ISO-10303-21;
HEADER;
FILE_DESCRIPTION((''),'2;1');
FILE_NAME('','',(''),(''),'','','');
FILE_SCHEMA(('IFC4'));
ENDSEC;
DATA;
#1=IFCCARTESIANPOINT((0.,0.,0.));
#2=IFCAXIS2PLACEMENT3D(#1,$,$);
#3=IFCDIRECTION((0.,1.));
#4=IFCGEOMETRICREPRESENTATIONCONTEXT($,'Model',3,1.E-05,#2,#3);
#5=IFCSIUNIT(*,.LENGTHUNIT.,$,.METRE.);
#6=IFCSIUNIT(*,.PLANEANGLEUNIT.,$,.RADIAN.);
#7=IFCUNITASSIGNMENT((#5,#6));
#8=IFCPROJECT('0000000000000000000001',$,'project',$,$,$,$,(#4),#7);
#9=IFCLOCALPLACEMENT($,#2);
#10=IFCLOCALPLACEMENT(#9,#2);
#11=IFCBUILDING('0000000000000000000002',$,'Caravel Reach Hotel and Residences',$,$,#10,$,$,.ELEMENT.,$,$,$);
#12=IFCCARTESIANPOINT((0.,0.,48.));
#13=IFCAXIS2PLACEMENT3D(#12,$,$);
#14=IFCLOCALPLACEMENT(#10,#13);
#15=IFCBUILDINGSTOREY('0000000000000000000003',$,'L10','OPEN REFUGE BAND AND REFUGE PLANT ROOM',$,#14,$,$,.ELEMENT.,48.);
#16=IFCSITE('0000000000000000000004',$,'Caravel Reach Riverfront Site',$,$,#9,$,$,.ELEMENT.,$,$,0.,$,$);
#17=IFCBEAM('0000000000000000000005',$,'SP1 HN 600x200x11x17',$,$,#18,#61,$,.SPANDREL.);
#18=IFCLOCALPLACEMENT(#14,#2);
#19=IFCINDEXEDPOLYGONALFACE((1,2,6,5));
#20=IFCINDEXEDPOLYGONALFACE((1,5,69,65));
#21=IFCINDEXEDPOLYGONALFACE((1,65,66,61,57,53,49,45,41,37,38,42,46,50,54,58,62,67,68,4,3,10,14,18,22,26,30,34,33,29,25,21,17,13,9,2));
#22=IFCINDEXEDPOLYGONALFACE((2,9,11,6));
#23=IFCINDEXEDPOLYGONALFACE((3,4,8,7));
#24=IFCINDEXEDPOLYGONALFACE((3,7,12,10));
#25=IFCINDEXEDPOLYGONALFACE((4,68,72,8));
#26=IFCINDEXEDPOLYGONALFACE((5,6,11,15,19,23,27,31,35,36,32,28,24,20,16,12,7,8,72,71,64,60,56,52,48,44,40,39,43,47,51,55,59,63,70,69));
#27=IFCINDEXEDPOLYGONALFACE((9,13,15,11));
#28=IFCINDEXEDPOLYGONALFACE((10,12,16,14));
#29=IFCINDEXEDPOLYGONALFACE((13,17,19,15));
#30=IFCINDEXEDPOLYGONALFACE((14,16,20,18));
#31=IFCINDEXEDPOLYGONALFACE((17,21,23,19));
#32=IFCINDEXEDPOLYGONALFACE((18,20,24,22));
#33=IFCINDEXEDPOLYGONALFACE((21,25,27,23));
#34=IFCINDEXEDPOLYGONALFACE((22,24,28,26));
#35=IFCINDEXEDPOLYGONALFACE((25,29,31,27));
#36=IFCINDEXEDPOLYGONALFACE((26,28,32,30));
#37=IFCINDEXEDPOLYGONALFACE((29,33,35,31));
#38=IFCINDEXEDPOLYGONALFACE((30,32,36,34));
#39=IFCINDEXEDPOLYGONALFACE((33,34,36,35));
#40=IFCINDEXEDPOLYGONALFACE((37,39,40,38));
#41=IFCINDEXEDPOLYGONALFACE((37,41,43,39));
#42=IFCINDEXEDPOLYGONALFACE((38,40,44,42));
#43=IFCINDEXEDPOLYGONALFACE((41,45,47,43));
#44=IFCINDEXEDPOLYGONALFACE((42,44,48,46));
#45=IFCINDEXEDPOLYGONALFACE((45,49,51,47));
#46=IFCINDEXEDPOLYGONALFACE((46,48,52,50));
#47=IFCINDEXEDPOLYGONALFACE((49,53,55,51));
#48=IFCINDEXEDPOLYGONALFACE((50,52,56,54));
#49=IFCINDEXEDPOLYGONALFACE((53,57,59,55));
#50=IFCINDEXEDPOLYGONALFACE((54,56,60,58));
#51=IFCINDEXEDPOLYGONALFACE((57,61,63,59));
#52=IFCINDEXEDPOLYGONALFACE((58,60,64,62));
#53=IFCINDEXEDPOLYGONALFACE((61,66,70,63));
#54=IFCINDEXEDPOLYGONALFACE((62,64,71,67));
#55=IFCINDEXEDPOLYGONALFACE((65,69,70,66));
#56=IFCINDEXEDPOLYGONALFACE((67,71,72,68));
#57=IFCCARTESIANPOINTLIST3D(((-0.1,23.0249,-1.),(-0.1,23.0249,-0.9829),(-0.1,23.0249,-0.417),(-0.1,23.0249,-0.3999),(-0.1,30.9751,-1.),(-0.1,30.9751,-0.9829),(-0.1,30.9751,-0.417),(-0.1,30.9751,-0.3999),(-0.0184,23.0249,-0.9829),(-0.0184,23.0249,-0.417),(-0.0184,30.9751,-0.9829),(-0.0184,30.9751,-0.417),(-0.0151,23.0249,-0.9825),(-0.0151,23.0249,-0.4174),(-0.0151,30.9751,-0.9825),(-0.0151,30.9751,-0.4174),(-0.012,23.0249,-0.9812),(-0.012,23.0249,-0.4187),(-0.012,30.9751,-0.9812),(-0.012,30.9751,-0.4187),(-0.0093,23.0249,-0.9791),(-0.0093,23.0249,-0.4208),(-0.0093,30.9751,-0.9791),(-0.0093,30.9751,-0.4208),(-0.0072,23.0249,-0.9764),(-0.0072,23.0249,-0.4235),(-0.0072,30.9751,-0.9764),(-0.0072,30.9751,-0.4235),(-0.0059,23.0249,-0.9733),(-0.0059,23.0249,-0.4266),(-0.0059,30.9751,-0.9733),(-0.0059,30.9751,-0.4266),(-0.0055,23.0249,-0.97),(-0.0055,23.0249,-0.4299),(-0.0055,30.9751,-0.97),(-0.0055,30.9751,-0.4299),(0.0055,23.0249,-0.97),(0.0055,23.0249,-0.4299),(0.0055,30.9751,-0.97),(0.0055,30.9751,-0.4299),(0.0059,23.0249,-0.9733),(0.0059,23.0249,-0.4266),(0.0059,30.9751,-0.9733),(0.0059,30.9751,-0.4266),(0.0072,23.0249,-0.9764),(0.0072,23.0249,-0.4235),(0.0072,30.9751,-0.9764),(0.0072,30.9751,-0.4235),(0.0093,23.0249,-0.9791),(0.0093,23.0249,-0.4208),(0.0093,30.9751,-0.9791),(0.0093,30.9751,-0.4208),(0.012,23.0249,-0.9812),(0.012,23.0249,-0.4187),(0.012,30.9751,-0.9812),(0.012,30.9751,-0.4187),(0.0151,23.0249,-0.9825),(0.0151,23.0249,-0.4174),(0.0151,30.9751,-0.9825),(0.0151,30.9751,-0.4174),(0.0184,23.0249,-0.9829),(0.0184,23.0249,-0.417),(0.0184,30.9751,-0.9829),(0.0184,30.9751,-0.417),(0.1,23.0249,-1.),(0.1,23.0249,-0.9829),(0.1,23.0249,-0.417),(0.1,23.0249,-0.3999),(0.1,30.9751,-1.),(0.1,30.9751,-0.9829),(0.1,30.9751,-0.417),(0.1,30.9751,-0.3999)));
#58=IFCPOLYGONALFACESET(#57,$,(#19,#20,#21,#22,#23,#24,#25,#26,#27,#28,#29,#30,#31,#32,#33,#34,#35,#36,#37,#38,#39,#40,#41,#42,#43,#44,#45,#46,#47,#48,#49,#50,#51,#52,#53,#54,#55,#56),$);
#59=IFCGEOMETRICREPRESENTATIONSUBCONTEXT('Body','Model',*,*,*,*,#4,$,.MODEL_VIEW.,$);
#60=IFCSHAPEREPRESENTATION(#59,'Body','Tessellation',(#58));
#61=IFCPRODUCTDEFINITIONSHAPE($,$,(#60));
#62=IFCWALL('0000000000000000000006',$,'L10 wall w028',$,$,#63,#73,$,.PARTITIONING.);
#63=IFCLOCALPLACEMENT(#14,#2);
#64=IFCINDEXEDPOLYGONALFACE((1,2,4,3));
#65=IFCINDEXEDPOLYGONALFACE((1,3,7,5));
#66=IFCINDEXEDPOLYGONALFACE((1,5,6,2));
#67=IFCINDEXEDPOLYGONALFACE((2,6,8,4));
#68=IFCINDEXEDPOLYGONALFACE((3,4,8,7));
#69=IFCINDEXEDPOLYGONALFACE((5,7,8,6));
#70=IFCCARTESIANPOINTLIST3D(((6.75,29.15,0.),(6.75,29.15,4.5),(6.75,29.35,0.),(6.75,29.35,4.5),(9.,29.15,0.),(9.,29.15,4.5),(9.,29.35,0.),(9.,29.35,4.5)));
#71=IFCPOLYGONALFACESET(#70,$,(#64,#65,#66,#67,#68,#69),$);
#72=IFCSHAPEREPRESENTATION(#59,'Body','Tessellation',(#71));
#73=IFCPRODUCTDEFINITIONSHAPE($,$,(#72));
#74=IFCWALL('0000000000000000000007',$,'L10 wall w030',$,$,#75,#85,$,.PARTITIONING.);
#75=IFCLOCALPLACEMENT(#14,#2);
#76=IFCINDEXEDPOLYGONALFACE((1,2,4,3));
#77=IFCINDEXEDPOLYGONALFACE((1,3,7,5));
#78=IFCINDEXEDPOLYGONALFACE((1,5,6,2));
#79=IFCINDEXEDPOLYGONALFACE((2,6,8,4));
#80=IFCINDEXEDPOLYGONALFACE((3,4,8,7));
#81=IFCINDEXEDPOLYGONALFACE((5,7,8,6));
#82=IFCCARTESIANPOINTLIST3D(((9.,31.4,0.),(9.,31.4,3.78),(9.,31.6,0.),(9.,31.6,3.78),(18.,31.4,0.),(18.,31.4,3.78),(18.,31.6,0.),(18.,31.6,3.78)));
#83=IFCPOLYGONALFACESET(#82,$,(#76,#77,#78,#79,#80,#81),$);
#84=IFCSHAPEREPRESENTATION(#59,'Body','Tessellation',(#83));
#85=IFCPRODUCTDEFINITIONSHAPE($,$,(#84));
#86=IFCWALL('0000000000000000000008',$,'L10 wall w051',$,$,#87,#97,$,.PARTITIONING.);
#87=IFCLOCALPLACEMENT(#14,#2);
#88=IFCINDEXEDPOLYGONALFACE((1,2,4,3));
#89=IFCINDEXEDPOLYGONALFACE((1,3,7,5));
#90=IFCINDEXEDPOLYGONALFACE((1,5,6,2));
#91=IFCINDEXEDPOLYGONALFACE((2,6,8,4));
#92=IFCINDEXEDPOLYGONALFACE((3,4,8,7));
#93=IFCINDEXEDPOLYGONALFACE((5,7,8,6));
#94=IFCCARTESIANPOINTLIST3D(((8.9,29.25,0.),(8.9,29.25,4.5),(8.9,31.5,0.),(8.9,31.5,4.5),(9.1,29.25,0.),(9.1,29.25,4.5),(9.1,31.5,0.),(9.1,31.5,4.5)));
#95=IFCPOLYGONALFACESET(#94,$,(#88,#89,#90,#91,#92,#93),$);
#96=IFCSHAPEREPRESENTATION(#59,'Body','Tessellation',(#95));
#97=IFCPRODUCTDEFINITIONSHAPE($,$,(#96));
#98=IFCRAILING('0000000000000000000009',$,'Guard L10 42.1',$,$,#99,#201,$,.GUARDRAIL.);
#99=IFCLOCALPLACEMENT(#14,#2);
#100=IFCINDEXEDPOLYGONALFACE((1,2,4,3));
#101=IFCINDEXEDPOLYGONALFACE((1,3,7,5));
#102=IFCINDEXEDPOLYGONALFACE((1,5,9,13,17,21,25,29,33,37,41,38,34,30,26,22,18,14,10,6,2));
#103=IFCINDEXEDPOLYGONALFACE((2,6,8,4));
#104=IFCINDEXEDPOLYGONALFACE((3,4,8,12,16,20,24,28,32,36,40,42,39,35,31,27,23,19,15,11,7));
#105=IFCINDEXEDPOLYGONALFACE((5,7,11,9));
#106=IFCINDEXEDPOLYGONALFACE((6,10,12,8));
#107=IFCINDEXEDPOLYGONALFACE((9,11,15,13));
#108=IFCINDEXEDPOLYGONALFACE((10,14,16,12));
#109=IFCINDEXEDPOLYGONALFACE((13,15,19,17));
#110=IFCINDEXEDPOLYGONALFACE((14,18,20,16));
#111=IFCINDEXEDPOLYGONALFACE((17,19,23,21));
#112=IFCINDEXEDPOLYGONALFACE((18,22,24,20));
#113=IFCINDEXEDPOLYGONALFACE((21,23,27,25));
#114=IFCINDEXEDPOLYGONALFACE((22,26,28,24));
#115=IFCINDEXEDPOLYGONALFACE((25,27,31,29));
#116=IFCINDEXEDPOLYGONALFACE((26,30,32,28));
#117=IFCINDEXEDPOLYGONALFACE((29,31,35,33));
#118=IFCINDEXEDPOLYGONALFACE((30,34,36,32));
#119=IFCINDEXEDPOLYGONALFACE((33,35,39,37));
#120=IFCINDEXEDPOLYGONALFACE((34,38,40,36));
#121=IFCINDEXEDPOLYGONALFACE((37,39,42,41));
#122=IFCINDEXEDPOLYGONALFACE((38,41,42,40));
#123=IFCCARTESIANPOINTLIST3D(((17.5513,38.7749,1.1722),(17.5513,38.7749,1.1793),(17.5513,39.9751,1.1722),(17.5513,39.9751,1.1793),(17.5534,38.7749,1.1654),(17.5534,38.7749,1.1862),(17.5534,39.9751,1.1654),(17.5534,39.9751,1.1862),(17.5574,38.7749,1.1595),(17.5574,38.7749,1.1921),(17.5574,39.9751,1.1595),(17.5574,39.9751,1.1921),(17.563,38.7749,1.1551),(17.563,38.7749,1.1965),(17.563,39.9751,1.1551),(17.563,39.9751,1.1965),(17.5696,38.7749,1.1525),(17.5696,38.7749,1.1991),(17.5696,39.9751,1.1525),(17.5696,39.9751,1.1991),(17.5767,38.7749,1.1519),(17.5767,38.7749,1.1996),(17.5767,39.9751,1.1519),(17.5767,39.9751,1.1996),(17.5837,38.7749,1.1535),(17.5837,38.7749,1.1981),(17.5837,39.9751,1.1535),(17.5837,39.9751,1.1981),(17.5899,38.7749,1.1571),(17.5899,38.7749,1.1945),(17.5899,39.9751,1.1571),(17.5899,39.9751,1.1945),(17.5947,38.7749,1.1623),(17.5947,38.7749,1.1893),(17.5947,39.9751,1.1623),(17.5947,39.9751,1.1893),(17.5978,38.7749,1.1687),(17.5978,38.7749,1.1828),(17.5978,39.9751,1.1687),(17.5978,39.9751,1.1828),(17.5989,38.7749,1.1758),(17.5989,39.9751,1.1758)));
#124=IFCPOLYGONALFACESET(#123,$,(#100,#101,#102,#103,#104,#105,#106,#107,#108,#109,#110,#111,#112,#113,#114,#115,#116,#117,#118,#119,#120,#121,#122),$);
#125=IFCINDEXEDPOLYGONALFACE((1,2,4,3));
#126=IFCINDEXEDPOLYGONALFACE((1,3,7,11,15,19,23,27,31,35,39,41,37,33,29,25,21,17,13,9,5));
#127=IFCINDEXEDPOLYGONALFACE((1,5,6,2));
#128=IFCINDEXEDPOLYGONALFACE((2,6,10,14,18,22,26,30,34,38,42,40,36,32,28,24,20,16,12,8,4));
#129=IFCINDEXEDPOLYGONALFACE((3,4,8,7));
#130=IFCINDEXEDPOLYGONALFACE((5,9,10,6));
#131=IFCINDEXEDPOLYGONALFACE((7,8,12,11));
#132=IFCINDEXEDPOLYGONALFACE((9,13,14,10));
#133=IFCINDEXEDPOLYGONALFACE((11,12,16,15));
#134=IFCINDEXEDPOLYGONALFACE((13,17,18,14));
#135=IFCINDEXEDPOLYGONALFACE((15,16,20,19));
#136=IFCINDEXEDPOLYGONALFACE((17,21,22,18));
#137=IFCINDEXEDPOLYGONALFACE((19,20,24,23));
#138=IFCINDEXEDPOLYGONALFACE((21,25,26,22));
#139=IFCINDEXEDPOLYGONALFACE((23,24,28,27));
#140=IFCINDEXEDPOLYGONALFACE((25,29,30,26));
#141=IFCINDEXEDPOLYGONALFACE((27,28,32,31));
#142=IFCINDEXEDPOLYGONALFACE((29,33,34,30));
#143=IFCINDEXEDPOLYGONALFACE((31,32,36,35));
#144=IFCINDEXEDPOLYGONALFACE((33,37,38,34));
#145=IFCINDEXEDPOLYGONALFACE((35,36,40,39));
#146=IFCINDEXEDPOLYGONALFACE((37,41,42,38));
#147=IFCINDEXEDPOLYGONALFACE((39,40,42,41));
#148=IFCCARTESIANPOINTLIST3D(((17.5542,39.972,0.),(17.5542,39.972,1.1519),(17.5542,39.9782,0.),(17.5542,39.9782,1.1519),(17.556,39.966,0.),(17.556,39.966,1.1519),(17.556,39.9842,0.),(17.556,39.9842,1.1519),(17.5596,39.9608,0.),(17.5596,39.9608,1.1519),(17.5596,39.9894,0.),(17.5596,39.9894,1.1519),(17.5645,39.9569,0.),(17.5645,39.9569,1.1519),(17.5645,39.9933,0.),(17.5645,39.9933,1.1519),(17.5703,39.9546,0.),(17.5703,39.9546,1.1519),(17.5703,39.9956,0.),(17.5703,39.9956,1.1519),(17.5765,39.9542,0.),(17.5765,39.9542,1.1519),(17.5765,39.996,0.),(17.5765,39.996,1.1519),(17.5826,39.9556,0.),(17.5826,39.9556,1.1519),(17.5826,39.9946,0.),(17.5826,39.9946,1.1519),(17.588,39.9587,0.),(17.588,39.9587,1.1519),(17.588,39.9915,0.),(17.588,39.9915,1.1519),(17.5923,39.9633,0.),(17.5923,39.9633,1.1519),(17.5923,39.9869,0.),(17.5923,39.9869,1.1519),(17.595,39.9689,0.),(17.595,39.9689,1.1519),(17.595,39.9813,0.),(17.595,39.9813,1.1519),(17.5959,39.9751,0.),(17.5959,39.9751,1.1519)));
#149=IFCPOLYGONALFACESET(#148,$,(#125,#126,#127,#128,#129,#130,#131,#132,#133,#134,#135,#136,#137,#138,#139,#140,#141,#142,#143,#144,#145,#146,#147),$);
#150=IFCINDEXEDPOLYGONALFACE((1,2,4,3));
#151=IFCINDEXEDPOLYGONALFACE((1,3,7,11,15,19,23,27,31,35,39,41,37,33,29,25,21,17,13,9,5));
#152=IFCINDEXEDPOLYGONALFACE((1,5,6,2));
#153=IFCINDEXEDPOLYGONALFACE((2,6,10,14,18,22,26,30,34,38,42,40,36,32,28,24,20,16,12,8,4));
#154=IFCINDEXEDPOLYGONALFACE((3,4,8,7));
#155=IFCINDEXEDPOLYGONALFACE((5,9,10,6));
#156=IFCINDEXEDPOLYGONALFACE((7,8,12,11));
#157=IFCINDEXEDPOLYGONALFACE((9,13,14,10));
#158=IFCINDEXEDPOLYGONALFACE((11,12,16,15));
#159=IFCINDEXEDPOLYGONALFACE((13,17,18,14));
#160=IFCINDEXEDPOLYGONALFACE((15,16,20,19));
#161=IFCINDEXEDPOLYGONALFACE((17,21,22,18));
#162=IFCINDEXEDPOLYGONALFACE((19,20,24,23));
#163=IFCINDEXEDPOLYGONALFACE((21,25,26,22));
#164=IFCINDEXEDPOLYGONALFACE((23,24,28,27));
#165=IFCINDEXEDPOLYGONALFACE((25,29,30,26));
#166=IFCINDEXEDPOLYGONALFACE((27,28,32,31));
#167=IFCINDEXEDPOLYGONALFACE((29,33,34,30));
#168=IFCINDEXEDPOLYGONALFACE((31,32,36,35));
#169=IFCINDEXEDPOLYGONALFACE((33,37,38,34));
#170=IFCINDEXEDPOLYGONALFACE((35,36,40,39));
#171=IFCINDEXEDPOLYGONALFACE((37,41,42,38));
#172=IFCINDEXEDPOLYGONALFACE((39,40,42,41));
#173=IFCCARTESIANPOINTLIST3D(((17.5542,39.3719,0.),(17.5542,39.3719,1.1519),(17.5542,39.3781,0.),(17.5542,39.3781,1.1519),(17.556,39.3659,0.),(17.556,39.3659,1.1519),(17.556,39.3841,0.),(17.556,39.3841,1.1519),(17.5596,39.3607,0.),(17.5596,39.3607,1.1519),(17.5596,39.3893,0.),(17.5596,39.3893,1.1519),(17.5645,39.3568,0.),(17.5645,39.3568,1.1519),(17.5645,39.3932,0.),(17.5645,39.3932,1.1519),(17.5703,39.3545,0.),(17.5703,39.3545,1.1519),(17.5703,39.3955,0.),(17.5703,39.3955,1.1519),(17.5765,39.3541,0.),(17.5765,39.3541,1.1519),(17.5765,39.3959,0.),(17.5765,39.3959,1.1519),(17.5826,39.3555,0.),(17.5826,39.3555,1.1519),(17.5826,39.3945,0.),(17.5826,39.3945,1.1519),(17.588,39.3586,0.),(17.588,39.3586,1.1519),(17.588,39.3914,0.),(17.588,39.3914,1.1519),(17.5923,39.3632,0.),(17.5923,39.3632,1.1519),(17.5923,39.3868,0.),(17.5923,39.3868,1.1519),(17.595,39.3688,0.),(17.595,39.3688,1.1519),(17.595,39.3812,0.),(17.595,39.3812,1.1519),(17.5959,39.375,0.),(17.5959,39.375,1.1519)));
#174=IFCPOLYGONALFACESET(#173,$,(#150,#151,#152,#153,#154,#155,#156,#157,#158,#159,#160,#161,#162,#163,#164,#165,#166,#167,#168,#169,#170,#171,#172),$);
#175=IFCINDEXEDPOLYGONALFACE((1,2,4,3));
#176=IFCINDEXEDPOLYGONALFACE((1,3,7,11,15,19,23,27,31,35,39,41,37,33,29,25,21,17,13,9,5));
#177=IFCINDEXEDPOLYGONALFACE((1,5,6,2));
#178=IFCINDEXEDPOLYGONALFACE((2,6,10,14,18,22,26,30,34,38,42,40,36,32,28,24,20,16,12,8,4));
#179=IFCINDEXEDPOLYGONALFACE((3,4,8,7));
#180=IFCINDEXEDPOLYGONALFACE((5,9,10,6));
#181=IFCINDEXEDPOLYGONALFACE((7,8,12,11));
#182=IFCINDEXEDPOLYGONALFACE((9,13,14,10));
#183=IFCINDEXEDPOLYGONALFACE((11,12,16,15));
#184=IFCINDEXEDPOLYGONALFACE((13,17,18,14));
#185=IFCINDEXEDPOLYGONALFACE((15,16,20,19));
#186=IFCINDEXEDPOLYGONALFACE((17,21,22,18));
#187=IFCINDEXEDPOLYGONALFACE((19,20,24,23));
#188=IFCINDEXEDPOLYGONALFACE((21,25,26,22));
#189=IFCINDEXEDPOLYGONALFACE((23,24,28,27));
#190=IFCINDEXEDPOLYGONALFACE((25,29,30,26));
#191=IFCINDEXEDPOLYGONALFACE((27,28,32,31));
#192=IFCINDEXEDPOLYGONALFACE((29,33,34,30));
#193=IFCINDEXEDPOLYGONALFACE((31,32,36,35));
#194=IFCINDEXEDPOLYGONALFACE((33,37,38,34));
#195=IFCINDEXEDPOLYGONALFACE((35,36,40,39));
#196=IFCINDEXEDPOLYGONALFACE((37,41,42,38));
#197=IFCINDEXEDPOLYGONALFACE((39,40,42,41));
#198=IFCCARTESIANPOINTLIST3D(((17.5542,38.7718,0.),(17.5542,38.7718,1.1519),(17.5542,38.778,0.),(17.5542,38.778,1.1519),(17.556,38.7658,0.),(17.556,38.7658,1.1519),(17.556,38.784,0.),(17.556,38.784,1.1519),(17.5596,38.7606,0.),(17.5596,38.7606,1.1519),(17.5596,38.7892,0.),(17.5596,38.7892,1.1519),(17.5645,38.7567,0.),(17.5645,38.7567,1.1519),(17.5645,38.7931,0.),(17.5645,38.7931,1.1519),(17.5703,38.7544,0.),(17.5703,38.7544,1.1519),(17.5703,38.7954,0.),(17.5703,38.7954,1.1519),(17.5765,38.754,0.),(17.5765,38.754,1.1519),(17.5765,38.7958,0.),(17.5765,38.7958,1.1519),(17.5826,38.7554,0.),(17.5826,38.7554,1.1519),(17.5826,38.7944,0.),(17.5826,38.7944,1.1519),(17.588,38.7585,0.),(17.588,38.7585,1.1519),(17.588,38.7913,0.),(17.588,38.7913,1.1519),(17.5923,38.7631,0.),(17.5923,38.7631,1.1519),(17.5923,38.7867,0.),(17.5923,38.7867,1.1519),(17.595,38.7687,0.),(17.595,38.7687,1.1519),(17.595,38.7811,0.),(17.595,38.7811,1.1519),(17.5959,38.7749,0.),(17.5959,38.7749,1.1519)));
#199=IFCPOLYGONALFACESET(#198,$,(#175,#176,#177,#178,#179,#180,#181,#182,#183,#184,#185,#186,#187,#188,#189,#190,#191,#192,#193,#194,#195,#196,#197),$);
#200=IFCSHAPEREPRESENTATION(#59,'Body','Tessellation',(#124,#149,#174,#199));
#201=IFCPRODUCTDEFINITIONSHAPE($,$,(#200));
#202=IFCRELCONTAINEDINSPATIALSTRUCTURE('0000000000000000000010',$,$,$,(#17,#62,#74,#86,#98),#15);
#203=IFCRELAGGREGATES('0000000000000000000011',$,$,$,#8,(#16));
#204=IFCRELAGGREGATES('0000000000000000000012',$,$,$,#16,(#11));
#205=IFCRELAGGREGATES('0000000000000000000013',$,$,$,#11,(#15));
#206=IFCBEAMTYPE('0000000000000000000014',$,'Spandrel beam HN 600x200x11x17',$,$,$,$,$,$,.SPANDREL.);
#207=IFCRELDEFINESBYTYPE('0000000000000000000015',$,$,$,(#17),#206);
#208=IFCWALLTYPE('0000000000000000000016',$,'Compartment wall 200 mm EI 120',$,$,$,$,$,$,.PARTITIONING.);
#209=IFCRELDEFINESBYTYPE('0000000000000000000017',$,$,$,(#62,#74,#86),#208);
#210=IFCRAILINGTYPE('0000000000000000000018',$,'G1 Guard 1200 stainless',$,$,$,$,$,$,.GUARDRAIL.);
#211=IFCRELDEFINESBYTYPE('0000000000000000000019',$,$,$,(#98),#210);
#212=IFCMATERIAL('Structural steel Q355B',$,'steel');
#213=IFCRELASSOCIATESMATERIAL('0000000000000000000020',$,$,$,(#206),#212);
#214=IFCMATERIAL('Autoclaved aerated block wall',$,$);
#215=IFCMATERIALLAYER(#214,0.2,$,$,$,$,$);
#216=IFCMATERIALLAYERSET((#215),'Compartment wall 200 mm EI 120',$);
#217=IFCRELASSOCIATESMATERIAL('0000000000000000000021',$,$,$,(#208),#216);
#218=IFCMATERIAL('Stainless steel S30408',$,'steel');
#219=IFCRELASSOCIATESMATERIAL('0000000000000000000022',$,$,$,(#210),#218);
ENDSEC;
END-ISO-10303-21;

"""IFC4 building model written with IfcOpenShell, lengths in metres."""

from ifc_helpers import new_model, si_unit, direction, frame, frame_2d, origin, origin_2d, place, context, subcontext, project, spatial, rectangle, circle, i_section, extrude, material, layer, layer_set, material_profile, profile_set, type_object, element, save


model = new_model("IFC4")

# Units and contexts
model_context = context("Model", 3, precision=1e-05, world=origin(), true_north=direction((0.0, 1.0)))
body_context = subcontext(model_context, "Body", "Model", "MODEL_VIEW")
ifc_project = project(units=[si_unit("LENGTHUNIT", "METRE"), si_unit("PLANEANGLEUNIT", "RADIAN")], contexts=[model_context])

# Site, building, storey
site_placement = place(None, origin())
site = spatial("IfcSite", under=ifc_project, at=site_placement, Name="Caravel Reach Riverfront Site", CompositionType="ELEMENT", RefElevation=0.0)
building_placement = place(site_placement, origin())
building = spatial("IfcBuilding", under=site, at=building_placement, Name="Caravel Reach Hotel and Residences", CompositionType="ELEMENT")
storey_placement = place(building_placement, frame((0.0, 0.0, 48.0)))
storey = spatial("IfcBuildingStorey", under=building, at=storey_placement, Name="L10", Description="OPEN REFUGE BAND AND REFUGE PLANT ROOM", CompositionType="ELEMENT", Elevation=48.0)

# Beam
ifc_material_1 = material(Name="Structural steel Q355B", Category="steel")
ifc_material_profile_1 = material_profile(ifc_material_1, i_section(OverallWidth=0.2, OverallDepth=0.6001, WebThickness=0.011, FlangeThickness=0.0171, FilletRadius=0.0129, at=origin_2d()), Name="HN 600x200x11x17")
ifc_profile_set_1 = profile_set([ifc_material_profile_1], Name="Structural steel Q355B")
beam_type_1 = type_object("IfcBeamType", Name="Spandrel beam HN 600x200x11x17", PredefinedType="SPANDREL", material=ifc_profile_set_1)
beam_1_placement = place(storey_placement, frame((0.0, 30.9751, -0.7), z_axis=(0.0, -1.0, 0.0), x_axis=(1.0, 0.0, 0.0)))
element("IfcBeam", 1, at=beam_1_placement, inside=storey, type_object=beam_type_1, Name="SP1 HN 600x200x11x17", PredefinedType="SPANDREL", context=body_context, shape_type="SweptSolid", body=[
    extrude(i_section(OverallWidth=0.2, OverallDepth=0.6001, WebThickness=0.011, FlangeThickness=0.0171, FilletRadius=0.0129, at=origin_2d()), origin(), (0.0, 0.0, 1.0), 7.9502),
])

# Walls
ifc_material_2 = material(Name="Autoclaved aerated block wall")
ifc_layer = layer(ifc_material_2, 0.2)
ifc_layer_set = layer_set([ifc_layer], Name="Compartment wall 200 mm EI 120")
wall_type = type_object("IfcWallType", Name="Compartment wall 200 mm EI 120", PredefinedType="PARTITIONING", material=ifc_layer_set)
wall_1_placement = place(storey_placement, frame((6.75, 29.25, 0.0), z_axis=(0.0, 0.0, 1.0), x_axis=(1.0, 0.0, 0.0)))
element("IfcWall", 2, at=wall_1_placement, inside=storey, type_object=wall_type, Name="L10 wall w028", PredefinedType="PARTITIONING", context=body_context, shape_type="SweptSolid", body=[
    extrude(rectangle(XDim=2.25, YDim=0.2, at=frame_2d((1.125, 0.0))), origin(), (0.0, 0.0, 1.0), 4.5),
])
wall_2_placement = place(storey_placement, frame((9.0, 31.5, 0.0), z_axis=(0.0, 0.0, 1.0), x_axis=(1.0, 0.0, 0.0)))
element("IfcWall", 3, at=wall_2_placement, inside=storey, type_object=wall_type, Name="L10 wall w030", PredefinedType="PARTITIONING", context=body_context, shape_type="SweptSolid", body=[
    extrude(rectangle(XDim=9.0, YDim=0.2, at=frame_2d((4.5, 0.0))), origin(), (0.0, 0.0, 1.0), 3.78),
])
wall_3_placement = place(storey_placement, frame((9.0, 29.25, 0.0), z_axis=(0.0, 0.0, 1.0), x_axis=(0.0, 1.0, 0.0)))
element("IfcWall", 4, at=wall_3_placement, inside=storey, type_object=wall_type, Name="L10 wall w051", PredefinedType="PARTITIONING", context=body_context, shape_type="SweptSolid", body=[
    extrude(rectangle(XDim=2.25, YDim=0.2, at=frame_2d((1.125, 0.0))), origin(), (0.0, 0.0, 1.0), 4.5),
])

# Railing
ifc_material_3 = material(Name="Stainless steel S30408", Category="steel")
railing_type = type_object("IfcRailingType", Name="G1 Guard 1200 stainless", PredefinedType="GUARDRAIL", material=ifc_material_3)
railing_1_placement = place(storey_placement, frame((17.575, 39.9751, 0.0)))
element("IfcRailing", 5, at=railing_1_placement, inside=storey, type_object=railing_type, Name="Guard L10 42.1", PredefinedType="GUARDRAIL", context=body_context, shape_type="SweptSolid", body=[
    extrude(circle(Radius=0.0239, at=origin_2d()), frame((0.0, 0.0, 1.1758), z_axis=(0.0, -1.0, 0.0), x_axis=(1.0, 0.0, 0.0)), (0.0, 0.0, 1.0), 1.2002),
    extrude(circle(Radius=0.021, at=origin_2d()), origin(), (0.0, 0.0, 1.0), 1.1519),
    extrude(circle(Radius=0.021, at=origin_2d()), frame((0.0, -0.6001, 0.0)), (0.0, 0.0, 1.0), 1.1519),
    extrude(circle(Radius=0.021, at=origin_2d()), frame((0.0, -1.2002, 0.0)), (0.0, 0.0, 1.0), 1.1519),
])

save(model, "model.ifc")
